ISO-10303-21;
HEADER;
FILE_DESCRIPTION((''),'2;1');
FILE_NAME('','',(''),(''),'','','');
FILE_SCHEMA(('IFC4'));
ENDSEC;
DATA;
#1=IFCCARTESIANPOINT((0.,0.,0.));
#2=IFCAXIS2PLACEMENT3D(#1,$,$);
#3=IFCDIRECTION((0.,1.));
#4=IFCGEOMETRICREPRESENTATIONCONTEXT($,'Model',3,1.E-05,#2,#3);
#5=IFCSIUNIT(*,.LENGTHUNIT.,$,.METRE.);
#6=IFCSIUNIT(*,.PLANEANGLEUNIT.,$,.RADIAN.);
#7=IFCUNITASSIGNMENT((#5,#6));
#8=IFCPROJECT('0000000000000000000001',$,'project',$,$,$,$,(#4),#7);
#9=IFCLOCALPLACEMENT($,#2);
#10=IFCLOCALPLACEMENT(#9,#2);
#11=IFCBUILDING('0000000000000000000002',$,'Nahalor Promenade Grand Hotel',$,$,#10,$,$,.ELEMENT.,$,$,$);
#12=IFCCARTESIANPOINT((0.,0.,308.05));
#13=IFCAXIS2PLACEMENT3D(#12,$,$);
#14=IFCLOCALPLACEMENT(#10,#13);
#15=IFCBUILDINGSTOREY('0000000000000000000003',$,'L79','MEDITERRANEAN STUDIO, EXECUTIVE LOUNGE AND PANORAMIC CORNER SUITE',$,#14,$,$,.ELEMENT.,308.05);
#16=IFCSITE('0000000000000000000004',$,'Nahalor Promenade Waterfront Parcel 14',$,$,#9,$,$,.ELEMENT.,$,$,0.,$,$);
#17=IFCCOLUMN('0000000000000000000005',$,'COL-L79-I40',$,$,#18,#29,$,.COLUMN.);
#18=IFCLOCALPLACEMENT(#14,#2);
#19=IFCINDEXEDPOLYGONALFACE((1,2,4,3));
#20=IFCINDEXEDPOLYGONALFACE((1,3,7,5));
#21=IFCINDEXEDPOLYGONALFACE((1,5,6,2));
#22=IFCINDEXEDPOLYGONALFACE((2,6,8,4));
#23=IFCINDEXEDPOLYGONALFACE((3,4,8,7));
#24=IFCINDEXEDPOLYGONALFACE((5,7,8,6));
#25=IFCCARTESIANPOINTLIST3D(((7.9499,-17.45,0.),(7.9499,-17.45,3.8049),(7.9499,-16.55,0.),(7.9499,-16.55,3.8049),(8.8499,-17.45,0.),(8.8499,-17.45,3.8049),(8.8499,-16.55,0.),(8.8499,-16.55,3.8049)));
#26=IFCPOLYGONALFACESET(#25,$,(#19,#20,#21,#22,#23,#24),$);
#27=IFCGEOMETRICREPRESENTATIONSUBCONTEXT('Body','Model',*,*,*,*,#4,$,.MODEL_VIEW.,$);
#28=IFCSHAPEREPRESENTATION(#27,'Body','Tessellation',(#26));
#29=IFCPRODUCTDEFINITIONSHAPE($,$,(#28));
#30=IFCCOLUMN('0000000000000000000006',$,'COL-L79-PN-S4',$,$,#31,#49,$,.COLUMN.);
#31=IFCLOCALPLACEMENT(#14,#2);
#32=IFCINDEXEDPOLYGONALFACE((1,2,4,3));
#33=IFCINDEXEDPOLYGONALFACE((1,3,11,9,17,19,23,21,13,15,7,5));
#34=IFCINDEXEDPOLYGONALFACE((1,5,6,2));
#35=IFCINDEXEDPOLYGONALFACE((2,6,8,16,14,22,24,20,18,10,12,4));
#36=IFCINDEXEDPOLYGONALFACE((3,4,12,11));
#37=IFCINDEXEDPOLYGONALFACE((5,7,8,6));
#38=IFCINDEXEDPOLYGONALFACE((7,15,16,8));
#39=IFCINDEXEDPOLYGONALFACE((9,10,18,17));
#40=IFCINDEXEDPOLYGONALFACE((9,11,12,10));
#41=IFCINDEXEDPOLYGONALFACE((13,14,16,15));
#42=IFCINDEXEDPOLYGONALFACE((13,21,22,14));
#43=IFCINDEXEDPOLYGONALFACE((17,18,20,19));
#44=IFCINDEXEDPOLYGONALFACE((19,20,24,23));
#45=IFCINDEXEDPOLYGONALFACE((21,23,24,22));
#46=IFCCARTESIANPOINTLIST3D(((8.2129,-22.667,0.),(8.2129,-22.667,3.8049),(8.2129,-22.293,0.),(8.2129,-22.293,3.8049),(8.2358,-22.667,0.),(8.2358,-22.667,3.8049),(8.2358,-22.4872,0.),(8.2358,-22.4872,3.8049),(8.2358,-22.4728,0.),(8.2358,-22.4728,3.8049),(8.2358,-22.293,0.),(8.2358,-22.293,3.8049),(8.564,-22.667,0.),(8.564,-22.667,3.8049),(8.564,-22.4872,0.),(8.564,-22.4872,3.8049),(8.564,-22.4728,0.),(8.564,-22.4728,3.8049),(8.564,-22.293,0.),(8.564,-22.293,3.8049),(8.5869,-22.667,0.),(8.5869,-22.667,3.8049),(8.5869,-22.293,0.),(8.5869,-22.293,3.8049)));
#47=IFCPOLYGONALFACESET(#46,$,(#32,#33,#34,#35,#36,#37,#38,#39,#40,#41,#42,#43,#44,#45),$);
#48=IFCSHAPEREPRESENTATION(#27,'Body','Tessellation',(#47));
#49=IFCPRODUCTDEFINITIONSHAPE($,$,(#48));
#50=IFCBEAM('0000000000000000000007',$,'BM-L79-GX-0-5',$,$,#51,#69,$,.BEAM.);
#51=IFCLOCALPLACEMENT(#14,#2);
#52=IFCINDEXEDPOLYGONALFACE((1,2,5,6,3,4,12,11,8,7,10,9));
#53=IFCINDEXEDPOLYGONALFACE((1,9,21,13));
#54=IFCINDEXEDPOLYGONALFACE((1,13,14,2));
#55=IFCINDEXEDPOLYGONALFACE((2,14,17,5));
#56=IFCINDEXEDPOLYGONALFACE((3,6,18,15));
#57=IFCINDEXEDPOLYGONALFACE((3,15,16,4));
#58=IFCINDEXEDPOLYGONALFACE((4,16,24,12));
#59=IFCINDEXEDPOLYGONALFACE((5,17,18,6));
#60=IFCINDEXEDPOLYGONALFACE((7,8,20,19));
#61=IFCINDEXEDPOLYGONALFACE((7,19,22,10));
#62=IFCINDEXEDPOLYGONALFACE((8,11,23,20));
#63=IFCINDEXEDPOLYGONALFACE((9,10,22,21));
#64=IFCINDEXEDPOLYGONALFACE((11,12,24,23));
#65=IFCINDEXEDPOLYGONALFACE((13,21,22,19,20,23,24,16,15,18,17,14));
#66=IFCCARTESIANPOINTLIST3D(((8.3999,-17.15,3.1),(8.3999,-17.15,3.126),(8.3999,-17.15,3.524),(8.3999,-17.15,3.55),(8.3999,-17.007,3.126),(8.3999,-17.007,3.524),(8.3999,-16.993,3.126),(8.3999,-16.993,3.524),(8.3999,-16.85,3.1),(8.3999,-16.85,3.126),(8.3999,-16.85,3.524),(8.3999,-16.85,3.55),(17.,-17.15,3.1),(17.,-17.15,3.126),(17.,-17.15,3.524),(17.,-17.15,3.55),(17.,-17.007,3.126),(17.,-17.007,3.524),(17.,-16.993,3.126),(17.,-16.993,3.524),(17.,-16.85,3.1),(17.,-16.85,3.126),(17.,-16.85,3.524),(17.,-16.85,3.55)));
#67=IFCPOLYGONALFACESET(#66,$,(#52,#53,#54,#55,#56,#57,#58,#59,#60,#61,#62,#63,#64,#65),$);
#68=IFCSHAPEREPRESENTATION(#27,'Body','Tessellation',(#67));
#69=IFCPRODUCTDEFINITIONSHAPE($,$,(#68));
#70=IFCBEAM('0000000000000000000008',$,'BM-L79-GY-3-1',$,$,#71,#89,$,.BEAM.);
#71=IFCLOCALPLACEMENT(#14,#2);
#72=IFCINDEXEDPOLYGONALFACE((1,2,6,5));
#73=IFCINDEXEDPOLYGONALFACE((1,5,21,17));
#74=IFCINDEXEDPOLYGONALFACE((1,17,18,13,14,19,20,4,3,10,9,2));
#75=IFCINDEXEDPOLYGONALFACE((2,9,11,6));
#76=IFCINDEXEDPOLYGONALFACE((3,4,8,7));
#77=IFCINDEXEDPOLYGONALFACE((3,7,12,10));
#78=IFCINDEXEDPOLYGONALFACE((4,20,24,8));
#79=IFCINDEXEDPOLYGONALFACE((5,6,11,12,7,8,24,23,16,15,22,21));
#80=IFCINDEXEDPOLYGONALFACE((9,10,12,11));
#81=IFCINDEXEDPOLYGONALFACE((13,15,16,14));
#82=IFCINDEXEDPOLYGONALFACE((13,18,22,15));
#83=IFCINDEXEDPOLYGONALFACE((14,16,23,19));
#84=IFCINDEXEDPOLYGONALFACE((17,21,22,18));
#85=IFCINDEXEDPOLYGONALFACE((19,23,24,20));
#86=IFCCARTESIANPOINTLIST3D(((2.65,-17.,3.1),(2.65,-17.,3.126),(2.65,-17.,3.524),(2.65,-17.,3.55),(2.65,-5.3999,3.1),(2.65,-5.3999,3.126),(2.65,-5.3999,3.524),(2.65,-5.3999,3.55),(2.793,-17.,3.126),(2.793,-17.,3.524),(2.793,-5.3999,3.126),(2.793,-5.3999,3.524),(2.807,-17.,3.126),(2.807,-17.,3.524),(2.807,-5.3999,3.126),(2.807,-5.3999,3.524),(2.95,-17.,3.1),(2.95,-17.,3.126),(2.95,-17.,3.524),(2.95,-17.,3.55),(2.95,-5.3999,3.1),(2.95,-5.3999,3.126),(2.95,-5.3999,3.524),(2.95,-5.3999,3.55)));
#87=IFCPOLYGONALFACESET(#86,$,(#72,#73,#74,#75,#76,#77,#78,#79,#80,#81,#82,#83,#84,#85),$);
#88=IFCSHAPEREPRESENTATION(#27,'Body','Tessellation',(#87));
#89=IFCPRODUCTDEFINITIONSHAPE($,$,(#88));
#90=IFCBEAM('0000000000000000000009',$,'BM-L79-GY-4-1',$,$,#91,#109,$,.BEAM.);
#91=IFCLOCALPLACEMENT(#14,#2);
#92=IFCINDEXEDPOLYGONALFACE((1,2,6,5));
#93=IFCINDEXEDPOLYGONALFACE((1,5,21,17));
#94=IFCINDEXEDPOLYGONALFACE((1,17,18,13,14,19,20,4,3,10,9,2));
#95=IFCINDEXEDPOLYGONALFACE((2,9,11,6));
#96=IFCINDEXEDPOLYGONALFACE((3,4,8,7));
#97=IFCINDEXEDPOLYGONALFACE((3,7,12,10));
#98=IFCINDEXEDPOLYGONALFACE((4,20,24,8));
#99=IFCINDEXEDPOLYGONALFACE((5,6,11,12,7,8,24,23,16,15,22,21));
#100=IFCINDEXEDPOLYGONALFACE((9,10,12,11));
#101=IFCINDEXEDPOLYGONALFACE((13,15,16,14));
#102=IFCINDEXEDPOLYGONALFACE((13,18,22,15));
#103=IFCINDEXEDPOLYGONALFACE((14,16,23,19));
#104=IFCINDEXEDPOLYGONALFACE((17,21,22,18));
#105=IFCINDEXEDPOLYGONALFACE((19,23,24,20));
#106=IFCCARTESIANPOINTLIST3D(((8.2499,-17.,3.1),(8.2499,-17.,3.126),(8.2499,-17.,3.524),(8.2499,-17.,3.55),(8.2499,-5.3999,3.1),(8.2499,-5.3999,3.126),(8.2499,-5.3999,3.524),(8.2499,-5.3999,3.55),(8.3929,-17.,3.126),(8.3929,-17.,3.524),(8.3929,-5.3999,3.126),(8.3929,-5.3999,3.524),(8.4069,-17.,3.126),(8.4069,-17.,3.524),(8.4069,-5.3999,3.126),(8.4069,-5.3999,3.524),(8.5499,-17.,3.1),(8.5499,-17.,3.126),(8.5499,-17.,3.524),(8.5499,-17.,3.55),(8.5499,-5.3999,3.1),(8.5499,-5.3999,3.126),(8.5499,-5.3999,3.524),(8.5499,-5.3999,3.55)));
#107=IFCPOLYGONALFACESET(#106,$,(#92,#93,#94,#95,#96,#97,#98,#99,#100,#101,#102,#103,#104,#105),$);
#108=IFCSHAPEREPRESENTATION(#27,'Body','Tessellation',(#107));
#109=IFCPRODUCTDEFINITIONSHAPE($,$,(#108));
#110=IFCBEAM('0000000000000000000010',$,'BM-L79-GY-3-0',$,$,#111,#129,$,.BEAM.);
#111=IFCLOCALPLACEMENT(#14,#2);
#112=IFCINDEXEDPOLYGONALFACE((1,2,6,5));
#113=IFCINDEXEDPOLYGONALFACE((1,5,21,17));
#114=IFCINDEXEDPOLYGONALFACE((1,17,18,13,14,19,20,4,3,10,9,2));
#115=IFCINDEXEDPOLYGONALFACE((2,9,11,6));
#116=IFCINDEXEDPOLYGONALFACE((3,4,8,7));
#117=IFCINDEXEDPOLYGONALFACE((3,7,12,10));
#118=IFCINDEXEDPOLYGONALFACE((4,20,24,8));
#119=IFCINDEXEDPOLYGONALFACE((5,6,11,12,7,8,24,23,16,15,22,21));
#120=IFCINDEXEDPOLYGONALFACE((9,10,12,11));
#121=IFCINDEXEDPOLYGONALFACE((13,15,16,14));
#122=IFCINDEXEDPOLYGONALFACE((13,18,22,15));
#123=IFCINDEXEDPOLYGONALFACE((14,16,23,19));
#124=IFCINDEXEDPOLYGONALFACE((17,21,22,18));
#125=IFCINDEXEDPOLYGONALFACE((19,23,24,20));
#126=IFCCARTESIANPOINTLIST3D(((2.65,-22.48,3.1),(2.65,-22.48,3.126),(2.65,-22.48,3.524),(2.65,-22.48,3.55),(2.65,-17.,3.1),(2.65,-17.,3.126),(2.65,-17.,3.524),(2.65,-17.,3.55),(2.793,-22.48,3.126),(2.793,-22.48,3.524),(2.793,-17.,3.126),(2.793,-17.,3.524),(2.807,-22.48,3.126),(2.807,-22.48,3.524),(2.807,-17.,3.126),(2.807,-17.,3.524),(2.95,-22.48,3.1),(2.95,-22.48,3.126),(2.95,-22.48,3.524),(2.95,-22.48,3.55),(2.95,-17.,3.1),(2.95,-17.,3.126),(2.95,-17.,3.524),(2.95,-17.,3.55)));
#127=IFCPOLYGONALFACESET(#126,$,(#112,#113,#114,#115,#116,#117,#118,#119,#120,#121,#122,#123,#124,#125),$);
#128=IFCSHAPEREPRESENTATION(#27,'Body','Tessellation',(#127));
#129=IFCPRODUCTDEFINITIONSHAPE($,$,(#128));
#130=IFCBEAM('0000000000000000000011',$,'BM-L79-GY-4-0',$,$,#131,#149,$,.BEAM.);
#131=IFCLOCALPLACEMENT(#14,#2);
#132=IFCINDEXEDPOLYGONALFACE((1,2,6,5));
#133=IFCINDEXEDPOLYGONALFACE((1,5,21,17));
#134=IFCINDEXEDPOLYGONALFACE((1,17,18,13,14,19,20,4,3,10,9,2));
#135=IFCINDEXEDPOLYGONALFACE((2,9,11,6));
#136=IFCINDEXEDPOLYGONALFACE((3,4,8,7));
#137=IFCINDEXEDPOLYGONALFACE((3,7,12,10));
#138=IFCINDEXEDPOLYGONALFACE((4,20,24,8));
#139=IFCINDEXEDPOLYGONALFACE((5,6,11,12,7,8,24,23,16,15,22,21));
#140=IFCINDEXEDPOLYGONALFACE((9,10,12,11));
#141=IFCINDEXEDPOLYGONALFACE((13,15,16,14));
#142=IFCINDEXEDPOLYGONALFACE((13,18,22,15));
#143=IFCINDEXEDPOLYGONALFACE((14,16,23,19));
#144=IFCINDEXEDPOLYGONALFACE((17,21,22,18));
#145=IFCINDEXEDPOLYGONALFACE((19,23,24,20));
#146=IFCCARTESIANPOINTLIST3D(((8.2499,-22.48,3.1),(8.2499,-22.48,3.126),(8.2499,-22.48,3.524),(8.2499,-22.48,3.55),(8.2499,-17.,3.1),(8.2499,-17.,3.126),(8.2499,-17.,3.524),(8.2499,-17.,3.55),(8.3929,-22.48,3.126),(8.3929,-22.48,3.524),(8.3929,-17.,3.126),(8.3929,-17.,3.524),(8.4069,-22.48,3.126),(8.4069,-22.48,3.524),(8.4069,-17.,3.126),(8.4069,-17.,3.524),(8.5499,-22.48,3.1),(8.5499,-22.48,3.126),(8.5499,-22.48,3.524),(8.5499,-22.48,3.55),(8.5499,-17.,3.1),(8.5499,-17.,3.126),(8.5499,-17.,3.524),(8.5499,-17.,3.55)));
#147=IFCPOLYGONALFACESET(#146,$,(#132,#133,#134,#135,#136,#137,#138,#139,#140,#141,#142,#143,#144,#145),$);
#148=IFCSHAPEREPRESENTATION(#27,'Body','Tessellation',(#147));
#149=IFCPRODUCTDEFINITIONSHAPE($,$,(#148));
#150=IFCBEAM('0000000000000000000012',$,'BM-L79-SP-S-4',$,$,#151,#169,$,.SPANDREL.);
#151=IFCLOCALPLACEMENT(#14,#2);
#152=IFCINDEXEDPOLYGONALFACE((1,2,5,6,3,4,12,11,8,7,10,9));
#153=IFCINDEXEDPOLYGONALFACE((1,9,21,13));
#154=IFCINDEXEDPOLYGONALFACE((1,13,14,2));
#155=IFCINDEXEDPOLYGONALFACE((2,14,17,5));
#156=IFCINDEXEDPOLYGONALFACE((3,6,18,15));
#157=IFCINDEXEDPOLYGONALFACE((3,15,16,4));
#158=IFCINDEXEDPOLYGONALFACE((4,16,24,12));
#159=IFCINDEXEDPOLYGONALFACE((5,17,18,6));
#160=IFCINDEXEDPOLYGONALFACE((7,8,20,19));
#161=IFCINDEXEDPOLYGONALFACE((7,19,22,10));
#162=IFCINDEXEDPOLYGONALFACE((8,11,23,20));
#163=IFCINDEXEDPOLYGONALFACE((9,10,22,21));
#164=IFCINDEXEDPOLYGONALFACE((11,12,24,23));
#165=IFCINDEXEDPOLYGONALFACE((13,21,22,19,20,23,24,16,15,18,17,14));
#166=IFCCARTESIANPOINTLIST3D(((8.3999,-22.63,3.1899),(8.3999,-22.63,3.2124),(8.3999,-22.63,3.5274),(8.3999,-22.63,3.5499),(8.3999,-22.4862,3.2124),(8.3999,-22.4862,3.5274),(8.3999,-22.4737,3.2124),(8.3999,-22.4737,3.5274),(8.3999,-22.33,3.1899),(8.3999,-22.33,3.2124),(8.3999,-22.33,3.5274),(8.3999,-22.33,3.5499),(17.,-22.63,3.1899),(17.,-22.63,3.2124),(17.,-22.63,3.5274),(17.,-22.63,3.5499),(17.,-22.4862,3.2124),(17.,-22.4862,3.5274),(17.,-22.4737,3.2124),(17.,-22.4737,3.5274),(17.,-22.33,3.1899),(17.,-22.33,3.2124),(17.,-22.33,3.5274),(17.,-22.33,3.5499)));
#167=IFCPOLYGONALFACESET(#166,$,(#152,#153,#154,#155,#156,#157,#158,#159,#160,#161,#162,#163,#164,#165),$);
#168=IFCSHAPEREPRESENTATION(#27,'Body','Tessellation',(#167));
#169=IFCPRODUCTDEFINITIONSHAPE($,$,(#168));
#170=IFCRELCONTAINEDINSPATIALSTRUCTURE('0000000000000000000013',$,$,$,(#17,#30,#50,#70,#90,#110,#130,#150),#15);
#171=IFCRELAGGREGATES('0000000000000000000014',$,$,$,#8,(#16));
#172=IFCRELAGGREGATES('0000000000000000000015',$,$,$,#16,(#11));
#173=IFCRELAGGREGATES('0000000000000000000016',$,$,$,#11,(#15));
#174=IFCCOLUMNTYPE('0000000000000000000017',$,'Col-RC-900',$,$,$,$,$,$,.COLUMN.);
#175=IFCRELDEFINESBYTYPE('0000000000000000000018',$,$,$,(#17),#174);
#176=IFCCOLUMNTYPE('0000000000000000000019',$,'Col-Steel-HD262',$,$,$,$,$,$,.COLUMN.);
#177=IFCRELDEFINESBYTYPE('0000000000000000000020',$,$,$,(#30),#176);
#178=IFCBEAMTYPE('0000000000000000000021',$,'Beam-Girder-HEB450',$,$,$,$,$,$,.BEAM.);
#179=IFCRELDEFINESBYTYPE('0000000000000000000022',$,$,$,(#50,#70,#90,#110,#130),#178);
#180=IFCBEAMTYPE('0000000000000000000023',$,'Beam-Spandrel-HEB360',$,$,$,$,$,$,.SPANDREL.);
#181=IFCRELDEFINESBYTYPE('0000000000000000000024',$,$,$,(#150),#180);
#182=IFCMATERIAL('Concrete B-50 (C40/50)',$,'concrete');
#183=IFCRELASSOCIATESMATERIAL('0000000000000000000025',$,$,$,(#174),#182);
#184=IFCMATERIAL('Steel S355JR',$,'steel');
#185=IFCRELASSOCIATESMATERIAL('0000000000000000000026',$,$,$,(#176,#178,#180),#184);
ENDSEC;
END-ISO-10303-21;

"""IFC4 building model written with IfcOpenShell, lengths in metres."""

from ifc_helpers import new_model, si_unit, direction, frame, origin, origin_2d, place, context, subcontext, project, spatial, rectangle, i_section, extrude, source, transform, mapped, material, material_profile, profile_set, type_object, element, save


model = new_model("IFC4")

# Units and contexts
model_context = context("Model", 3, precision=1e-05, world=origin(), true_north=direction((0.0, 1.0)))
body_context = subcontext(model_context, "Body", "Model", "MODEL_VIEW")
ifc_project = project(units=[si_unit("LENGTHUNIT", "METRE"), si_unit("PLANEANGLEUNIT", "RADIAN")], contexts=[model_context])

# Site, building, storey
site_placement = place(None, origin())
site = spatial("IfcSite", under=ifc_project, at=site_placement, Name="Nahalor Promenade Waterfront Parcel 14", CompositionType="ELEMENT", RefElevation=0.0)
building_placement = place(site_placement, origin())
building = spatial("IfcBuilding", under=site, at=building_placement, Name="Nahalor Promenade Grand Hotel", CompositionType="ELEMENT")
storey_placement = place(building_placement, frame((0.0, 0.0, 308.05)))
storey = spatial("IfcBuildingStorey", under=building, at=storey_placement, Name="L79", Description="MEDITERRANEAN STUDIO, EXECUTIVE LOUNGE AND PANORAMIC CORNER SUITE", CompositionType="ELEMENT", Elevation=308.05)

# Columns
ifc_material_1 = material(Name="Concrete B-50 (C40/50)", Category="concrete")
ifc_material_profile_1 = material_profile(ifc_material_1, rectangle(XDim=0.9, YDim=0.9, at=origin_2d()), Name="RC 900x900")
ifc_profile_set_1 = profile_set([ifc_material_profile_1], Name="Concrete B-50 (C40/50)")
column_type_1 = type_object("IfcColumnType", Name="Col-RC-900", PredefinedType="COLUMN", material=ifc_profile_set_1)
shared_shape_1 = source(origin(), body_context, "Body", "SweptSolid", [
    extrude(rectangle(XDim=0.9, YDim=0.9, at=origin_2d()), origin(), (0.0, 0.0, 1.0), 3.8049),
])
column_1_placement = place(storey_placement, frame((8.3999, -17.0, 0.0), z_axis=(0.0, 0.0, 1.0), x_axis=(1.0, 0.0, 0.0)))
element("IfcColumn", 1, at=column_1_placement, inside=storey, type_object=column_type_1, Name="COL-L79-I40", PredefinedType="COLUMN", context=body_context, shape_type="MappedRepresentation", body=[
    mapped(shared_shape_1, transform((0.0, 0.0, 0.0), scale=1.0)),
])
ifc_material_2 = material(Name="Steel S355JR", Category="steel")
ifc_material_profile_2 = material_profile(ifc_material_2, i_section(OverallWidth=0.374, OverallDepth=0.374, WebThickness=0.0144, FlangeThickness=0.0229, at=origin_2d()), Name="HD 360x262")
ifc_profile_set_2 = profile_set([ifc_material_profile_2], Name="Steel S355JR")
column_type_2 = type_object("IfcColumnType", Name="Col-Steel-HD262", PredefinedType="COLUMN", material=ifc_profile_set_2)
shared_shape_2 = source(origin(), body_context, "Body", "SweptSolid", [
    extrude(i_section(OverallWidth=0.374, OverallDepth=0.374, WebThickness=0.0144, FlangeThickness=0.0229, at=origin_2d()), origin(), (0.0, 0.0, 1.0), 3.8049),
])
column_2_placement = place(storey_placement, frame((8.3999, -22.48, 0.0), z_axis=(0.0, 0.0, 1.0), x_axis=(0.0, 1.0, 0.0)))
element("IfcColumn", 2, at=column_2_placement, inside=storey, type_object=column_type_2, Name="COL-L79-PN-S4", PredefinedType="COLUMN", context=body_context, shape_type="MappedRepresentation", body=[
    mapped(shared_shape_2, transform((0.0, 0.0, 0.0), scale=1.0)),
])

# Beams
ifc_material_profile_3 = material_profile(ifc_material_2, i_section(OverallWidth=0.3, OverallDepth=0.45, WebThickness=0.014, FlangeThickness=0.026, at=origin_2d()), Name="HEB 450")
ifc_profile_set_3 = profile_set([ifc_material_profile_3], Name="Steel S355JR")
beam_type_1 = type_object("IfcBeamType", Name="Beam-Girder-HEB450", PredefinedType="BEAM", material=ifc_profile_set_3)
shared_shape_3 = source(origin(), body_context, "Body", "SweptSolid", [
    extrude(i_section(OverallWidth=0.3, OverallDepth=0.45, WebThickness=0.014, FlangeThickness=0.026, at=origin_2d()), origin(), (0.0, 0.0, 1.0), 8.6001),
])
beam_1_placement = place(storey_placement, frame((8.3999, -17.0, 3.325), z_axis=(1.0, 0.0, 0.0), x_axis=(0.0, 1.0, 0.0)))
element("IfcBeam", 3, at=beam_1_placement, inside=storey, type_object=beam_type_1, Name="BM-L79-GX-0-5", PredefinedType="BEAM", context=body_context, shape_type="MappedRepresentation", body=[
    mapped(shared_shape_3, transform((0.0, 0.0, 0.0), scale=1.0)),
])
shared_shape_4 = source(origin(), body_context, "Body", "SweptSolid", [
    extrude(i_section(OverallWidth=0.3, OverallDepth=0.45, WebThickness=0.014, FlangeThickness=0.026, at=origin_2d()), origin(), (0.0, 0.0, 1.0), 11.6001),
])
for number, where, z_axis, x_axis, name in (
    (4, (2.8, -17.0, 3.325), (0.0, 1.0, 0.0), (-1.0, 0.0, 0.0), "BM-L79-GY-3-1"),
    (5, (8.3999, -17.0, 3.325), (0.0, 1.0, 0.0), (-1.0, 0.0, 0.0), "BM-L79-GY-4-1"),
):
    element("IfcBeam", number, at=place(storey_placement, frame(where, z_axis=z_axis, x_axis=x_axis)), inside=storey, type_object=beam_type_1, Name=name, PredefinedType="BEAM", context=body_context, shape_type="MappedRepresentation", body=[
        mapped(shared_shape_4, transform((0.0, 0.0, 0.0), scale=1.0)),
    ])
shared_shape_5 = source(origin(), body_context, "Body", "SweptSolid", [
    extrude(i_section(OverallWidth=0.3, OverallDepth=0.45, WebThickness=0.014, FlangeThickness=0.026, at=origin_2d()), origin(), (0.0, 0.0, 1.0), 5.48),
])
for number, where, z_axis, x_axis, name in (
    (6, (2.8, -22.48, 3.325), (0.0, 1.0, 0.0), (-1.0, 0.0, 0.0), "BM-L79-GY-3-0"),
    (7, (8.3999, -22.48, 3.325), (0.0, 1.0, 0.0), (-1.0, 0.0, 0.0), "BM-L79-GY-4-0"),
):
    element("IfcBeam", number, at=place(storey_placement, frame(where, z_axis=z_axis, x_axis=x_axis)), inside=storey, type_object=beam_type_1, Name=name, PredefinedType="BEAM", context=body_context, shape_type="MappedRepresentation", body=[
        mapped(shared_shape_5, transform((0.0, 0.0, 0.0), scale=1.0)),
    ])
ifc_material_profile_4 = material_profile(ifc_material_2, i_section(OverallWidth=0.3, OverallDepth=0.36, WebThickness=0.0125, FlangeThickness=0.0225, at=origin_2d()), Name="HEB 360")
ifc_profile_set_4 = profile_set([ifc_material_profile_4], Name="Steel S355JR")
beam_type_2 = type_object("IfcBeamType", Name="Beam-Spandrel-HEB360", PredefinedType="SPANDREL", material=ifc_profile_set_4)
shared_shape_6 = source(origin(), body_context, "Body", "SweptSolid", [
    extrude(i_section(OverallWidth=0.3, OverallDepth=0.36, WebThickness=0.0125, FlangeThickness=0.0225, at=origin_2d()), origin(), (0.0, 0.0, 1.0), 8.6001),
])
beam_2_placement = place(storey_placement, frame((8.3999, -22.48, 3.3699), z_axis=(1.0, 0.0, 0.0), x_axis=(0.0, 1.0, 0.0)))
element("IfcBeam", 8, at=beam_2_placement, inside=storey, type_object=beam_type_2, Name="BM-L79-SP-S-4", PredefinedType="SPANDREL", context=body_context, shape_type="MappedRepresentation", body=[
    mapped(shared_shape_6, transform((0.0, 0.0, 0.0), scale=1.0)),
])

save(model, "model.ifc")
